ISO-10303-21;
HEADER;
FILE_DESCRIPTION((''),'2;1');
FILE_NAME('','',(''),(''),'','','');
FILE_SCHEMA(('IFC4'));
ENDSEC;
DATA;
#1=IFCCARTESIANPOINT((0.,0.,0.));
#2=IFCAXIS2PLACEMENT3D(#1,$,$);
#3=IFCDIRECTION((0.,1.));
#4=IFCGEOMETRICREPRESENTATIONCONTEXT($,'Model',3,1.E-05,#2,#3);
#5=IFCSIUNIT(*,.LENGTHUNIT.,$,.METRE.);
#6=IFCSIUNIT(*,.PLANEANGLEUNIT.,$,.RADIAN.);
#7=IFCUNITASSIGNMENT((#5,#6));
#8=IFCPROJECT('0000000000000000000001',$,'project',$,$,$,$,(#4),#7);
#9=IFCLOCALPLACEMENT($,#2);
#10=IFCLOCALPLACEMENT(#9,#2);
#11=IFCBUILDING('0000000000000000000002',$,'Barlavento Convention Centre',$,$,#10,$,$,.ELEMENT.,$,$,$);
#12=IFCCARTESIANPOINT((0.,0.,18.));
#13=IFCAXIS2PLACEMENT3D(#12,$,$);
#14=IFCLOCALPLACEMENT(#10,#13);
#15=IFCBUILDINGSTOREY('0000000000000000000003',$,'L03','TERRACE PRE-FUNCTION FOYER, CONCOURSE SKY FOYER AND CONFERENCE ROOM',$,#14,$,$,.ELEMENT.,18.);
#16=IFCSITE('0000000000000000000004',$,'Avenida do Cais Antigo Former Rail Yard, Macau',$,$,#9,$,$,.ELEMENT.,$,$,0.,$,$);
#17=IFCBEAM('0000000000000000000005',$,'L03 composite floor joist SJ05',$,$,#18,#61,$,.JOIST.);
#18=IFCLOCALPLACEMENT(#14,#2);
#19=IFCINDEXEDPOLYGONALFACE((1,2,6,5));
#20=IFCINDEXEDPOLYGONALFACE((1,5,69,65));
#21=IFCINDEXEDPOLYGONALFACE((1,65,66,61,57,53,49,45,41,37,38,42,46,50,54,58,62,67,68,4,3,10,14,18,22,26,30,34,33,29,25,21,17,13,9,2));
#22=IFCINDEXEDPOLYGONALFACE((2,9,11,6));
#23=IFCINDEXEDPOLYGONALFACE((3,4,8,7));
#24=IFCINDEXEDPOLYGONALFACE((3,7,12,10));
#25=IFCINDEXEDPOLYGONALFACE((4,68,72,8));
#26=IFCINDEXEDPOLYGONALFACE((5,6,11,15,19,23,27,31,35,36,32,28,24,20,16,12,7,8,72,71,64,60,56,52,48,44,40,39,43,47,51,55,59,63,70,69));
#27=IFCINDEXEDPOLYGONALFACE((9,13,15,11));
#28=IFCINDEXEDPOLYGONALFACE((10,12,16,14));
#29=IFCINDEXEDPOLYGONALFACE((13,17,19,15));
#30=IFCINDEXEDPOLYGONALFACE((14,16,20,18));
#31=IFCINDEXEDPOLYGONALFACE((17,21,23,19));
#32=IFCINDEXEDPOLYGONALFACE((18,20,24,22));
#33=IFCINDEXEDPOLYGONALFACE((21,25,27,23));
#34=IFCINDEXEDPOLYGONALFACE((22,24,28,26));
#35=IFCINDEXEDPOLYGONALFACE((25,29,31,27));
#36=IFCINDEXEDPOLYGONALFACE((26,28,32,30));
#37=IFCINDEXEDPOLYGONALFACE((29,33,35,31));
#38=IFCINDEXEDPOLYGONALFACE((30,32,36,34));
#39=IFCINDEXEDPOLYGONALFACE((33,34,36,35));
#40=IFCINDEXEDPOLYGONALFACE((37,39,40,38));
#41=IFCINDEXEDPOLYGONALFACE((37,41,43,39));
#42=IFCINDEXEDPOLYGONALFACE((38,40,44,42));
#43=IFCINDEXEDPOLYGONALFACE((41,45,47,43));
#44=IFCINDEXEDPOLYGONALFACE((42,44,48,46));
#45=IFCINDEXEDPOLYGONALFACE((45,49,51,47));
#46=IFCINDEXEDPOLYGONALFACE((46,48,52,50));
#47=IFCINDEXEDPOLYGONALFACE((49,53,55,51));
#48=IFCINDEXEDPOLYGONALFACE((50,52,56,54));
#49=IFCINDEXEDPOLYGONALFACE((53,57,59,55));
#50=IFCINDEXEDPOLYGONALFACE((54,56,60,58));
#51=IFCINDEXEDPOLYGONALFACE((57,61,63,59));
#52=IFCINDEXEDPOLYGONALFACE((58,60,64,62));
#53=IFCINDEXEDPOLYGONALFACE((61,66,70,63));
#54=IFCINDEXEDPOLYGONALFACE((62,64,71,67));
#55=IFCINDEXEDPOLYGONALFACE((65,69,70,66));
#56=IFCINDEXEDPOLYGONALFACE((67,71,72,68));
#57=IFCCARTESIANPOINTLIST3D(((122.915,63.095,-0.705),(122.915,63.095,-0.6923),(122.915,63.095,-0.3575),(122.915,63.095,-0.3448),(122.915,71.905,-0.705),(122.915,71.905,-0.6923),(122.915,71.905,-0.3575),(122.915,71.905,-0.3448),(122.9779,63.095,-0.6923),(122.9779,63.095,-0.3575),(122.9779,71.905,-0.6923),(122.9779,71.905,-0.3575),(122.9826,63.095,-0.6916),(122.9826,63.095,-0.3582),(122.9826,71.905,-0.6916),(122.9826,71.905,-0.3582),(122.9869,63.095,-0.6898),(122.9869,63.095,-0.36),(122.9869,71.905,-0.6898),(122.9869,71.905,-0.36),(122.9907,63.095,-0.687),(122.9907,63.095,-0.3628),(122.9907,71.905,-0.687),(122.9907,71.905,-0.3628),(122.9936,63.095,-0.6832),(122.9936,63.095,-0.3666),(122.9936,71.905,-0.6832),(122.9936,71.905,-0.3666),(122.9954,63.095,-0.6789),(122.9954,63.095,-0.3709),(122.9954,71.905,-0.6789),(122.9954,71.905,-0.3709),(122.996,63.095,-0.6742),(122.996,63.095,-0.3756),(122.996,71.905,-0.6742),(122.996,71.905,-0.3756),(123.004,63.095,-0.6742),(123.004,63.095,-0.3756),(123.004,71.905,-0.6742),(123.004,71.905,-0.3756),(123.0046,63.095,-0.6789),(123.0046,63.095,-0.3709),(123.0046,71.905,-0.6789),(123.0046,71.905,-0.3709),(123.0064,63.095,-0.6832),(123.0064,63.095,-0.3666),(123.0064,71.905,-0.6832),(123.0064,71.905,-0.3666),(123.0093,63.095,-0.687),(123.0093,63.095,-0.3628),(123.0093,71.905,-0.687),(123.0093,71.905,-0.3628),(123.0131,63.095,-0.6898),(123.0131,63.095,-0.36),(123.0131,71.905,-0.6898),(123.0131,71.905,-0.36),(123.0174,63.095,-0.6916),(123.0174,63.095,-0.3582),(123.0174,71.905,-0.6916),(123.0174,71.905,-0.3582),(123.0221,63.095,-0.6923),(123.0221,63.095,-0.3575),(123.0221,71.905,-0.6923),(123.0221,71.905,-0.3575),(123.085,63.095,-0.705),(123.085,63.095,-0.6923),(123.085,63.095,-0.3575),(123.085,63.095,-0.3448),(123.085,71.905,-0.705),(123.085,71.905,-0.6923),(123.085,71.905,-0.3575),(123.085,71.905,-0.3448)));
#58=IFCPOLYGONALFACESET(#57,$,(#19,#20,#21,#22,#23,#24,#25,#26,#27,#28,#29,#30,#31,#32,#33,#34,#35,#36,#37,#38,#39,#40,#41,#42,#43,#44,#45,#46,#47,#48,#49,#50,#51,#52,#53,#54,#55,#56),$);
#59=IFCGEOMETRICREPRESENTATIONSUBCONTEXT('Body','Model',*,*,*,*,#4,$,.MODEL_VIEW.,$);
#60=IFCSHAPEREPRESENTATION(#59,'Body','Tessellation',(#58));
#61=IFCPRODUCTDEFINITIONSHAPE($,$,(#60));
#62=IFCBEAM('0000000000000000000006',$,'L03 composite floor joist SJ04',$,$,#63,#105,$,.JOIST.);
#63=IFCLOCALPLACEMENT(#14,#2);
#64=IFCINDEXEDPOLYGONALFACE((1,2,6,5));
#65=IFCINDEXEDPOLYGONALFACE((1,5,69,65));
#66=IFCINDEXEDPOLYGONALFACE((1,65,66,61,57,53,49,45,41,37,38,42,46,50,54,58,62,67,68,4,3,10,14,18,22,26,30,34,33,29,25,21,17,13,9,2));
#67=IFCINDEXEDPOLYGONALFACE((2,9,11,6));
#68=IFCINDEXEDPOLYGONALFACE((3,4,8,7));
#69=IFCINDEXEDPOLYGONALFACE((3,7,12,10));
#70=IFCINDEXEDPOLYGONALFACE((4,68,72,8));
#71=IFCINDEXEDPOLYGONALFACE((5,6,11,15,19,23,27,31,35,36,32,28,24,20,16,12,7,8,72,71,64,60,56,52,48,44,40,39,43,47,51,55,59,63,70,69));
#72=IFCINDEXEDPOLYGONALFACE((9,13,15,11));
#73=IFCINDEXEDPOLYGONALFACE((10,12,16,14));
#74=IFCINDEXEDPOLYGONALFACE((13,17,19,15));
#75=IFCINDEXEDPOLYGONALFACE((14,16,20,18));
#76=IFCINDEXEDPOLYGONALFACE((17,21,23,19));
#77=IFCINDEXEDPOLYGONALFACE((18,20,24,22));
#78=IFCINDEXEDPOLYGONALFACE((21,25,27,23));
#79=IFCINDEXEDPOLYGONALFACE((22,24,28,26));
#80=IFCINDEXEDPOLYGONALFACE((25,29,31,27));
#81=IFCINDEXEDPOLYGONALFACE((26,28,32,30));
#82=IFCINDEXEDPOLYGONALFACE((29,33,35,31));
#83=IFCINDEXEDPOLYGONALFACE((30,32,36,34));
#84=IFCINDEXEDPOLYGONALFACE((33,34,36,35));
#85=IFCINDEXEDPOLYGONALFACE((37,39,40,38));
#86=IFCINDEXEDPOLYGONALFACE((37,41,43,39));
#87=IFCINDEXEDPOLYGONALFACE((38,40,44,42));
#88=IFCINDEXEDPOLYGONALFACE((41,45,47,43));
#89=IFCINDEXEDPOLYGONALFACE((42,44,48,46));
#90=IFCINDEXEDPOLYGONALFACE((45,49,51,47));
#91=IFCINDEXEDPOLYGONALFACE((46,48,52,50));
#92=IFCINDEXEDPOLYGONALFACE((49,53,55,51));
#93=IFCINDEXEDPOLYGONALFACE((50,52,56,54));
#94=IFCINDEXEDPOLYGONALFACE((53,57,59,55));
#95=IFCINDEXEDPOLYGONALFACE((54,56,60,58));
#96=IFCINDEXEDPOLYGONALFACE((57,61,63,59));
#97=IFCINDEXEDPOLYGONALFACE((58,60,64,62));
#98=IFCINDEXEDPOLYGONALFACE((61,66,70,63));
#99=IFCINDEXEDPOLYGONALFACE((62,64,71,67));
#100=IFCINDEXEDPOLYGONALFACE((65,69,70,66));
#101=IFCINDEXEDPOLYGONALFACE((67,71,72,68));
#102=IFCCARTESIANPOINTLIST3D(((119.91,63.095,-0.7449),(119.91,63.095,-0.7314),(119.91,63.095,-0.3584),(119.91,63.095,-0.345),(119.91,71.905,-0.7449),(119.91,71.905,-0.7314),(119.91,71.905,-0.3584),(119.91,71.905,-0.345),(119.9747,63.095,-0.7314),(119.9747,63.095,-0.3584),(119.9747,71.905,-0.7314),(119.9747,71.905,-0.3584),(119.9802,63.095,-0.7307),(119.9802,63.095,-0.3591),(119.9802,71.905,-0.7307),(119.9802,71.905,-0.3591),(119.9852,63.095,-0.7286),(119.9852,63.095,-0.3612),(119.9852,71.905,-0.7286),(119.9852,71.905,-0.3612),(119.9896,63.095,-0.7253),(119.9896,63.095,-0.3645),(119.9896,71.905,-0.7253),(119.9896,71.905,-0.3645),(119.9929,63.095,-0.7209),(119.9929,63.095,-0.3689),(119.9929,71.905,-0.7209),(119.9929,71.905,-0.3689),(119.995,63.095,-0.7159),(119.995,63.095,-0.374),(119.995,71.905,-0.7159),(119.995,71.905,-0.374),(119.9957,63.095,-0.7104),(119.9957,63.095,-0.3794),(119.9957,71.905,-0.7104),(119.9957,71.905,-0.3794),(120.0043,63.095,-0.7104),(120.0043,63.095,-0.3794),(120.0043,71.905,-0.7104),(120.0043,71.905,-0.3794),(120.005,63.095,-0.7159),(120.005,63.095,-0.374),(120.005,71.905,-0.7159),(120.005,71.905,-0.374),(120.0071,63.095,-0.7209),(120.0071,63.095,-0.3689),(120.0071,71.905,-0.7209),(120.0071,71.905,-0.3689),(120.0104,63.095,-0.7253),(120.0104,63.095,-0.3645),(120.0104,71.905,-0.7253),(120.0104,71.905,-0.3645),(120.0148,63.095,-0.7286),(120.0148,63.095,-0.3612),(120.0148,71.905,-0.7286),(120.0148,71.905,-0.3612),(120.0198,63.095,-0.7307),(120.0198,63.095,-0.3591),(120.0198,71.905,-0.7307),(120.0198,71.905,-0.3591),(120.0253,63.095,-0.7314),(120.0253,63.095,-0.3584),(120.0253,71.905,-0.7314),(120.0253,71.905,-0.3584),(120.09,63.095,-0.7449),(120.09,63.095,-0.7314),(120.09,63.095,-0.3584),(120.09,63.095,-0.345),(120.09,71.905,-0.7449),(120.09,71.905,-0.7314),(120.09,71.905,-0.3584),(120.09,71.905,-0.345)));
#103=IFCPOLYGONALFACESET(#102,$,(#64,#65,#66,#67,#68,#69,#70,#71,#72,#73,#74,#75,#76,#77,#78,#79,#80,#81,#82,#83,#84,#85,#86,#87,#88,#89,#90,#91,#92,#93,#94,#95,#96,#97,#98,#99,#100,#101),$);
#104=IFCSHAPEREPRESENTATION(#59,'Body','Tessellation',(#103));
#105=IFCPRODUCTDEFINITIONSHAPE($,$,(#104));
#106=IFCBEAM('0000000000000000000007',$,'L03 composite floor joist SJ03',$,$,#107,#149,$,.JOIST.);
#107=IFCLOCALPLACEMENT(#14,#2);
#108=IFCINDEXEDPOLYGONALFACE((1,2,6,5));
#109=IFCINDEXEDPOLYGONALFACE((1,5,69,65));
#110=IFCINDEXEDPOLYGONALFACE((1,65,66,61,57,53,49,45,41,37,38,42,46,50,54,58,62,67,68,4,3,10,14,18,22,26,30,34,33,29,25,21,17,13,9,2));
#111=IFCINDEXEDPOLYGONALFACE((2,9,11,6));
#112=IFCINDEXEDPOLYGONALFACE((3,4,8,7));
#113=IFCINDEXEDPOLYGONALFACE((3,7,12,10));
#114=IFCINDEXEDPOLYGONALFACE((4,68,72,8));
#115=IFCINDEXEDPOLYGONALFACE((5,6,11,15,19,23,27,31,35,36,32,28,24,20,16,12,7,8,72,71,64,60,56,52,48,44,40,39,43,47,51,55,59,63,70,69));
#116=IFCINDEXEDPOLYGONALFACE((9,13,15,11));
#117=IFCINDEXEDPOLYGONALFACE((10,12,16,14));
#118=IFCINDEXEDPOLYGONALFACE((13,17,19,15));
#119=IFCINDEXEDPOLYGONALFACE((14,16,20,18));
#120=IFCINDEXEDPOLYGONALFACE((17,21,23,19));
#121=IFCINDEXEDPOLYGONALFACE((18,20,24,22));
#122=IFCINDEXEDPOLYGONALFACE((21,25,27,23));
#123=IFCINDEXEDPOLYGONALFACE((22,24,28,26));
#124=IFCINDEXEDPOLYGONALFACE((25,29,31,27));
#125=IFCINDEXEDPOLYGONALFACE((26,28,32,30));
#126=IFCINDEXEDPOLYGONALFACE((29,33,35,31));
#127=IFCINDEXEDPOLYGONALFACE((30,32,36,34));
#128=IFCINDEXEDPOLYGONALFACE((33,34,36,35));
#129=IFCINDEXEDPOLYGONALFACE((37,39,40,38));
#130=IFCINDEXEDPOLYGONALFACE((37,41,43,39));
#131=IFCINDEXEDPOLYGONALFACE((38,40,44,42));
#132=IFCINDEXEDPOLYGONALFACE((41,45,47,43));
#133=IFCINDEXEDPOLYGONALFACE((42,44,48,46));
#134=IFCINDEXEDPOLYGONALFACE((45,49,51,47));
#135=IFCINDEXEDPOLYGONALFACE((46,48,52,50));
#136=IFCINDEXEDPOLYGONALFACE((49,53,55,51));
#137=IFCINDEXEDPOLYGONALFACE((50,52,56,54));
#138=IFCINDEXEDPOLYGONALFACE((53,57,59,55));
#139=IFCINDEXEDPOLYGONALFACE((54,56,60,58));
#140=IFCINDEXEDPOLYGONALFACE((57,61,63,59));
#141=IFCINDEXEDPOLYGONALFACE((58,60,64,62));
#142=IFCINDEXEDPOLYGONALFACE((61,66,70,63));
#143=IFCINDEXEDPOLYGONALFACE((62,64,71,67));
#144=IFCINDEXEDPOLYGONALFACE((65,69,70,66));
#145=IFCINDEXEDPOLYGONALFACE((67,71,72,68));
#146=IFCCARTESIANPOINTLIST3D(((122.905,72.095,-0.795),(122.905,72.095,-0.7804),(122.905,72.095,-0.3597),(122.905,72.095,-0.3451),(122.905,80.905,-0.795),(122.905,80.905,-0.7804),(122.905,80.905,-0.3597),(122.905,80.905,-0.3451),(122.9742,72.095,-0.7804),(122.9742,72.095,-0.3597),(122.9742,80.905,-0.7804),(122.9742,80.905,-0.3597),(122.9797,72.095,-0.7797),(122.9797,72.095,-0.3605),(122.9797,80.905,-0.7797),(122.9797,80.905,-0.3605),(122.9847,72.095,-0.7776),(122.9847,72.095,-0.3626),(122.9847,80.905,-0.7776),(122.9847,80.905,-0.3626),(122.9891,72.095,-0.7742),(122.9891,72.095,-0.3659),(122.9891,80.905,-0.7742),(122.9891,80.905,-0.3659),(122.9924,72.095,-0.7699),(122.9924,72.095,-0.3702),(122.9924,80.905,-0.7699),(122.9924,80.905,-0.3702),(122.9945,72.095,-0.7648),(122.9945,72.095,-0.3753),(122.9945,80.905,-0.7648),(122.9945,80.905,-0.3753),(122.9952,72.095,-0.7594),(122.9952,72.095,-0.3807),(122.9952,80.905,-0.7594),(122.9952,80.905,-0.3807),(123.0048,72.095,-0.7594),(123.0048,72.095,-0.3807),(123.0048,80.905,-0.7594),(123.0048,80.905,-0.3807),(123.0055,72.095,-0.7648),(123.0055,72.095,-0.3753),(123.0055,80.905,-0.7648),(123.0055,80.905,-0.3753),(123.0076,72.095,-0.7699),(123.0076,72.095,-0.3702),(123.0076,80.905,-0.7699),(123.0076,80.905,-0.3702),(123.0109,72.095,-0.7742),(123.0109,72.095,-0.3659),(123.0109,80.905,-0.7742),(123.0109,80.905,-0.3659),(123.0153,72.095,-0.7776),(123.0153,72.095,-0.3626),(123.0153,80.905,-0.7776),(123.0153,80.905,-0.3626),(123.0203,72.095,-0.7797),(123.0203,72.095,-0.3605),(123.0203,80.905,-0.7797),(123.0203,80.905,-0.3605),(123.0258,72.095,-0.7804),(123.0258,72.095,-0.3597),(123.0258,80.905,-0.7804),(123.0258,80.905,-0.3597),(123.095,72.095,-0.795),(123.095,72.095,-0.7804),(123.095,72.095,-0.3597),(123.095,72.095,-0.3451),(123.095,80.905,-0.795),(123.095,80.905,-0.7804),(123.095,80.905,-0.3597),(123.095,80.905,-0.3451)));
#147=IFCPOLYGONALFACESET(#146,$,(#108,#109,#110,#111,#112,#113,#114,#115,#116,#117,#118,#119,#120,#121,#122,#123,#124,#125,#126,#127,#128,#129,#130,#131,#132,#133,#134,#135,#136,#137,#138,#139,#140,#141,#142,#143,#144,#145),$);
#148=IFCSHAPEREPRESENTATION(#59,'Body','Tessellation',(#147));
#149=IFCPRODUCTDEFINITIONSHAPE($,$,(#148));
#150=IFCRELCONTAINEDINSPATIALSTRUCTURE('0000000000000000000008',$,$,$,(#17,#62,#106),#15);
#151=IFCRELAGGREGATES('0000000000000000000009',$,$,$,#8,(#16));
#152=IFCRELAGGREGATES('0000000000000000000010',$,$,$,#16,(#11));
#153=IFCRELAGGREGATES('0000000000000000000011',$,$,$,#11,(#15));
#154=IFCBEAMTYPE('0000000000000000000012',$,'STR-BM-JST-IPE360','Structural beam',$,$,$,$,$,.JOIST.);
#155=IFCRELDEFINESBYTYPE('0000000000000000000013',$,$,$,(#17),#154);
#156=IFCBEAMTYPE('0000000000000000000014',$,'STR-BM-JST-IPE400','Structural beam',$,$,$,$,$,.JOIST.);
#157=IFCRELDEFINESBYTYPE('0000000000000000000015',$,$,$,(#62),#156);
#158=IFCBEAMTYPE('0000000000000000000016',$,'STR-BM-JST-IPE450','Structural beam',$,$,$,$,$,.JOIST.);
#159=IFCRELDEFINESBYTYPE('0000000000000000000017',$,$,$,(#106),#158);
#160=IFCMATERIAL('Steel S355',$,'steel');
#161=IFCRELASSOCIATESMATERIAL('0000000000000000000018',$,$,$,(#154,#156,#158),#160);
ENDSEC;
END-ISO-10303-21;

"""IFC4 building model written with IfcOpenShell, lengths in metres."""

from ifc_helpers import new_model, si_unit, direction, frame, origin, origin_2d, place, context, subcontext, project, spatial, i_section, extrude, material, material_profile, profile_set, type_object, element, save


model = new_model("IFC4")

# Units and contexts
model_context = context("Model", 3, precision=1e-05, world=origin(), true_north=direction((0.0, 1.0)))
body_context = subcontext(model_context, "Body", "Model", "MODEL_VIEW")
ifc_project = project(units=[si_unit("LENGTHUNIT", "METRE"), si_unit("PLANEANGLEUNIT", "RADIAN")], contexts=[model_context])

# Site, building, storey
site_placement = place(None, origin())
site = spatial("IfcSite", under=ifc_project, at=site_placement, Name="Avenida do Cais Antigo Former Rail Yard, Macau", CompositionType="ELEMENT", RefElevation=0.0)
building_placement = place(site_placement, origin())
building = spatial("IfcBuilding", under=site, at=building_placement, Name="Barlavento Convention Centre", CompositionType="ELEMENT")
storey_placement = place(building_placement, frame((0.0, 0.0, 18.0)))
storey = spatial("IfcBuildingStorey", under=building, at=storey_placement, Name="L03", Description="TERRACE PRE-FUNCTION FOYER, CONCOURSE SKY FOYER AND CONFERENCE ROOM", CompositionType="ELEMENT", Elevation=18.0)

# Beams
ifc_material_1 = material(Name="Steel S355", Category="steel")
ifc_material_profile_1 = material_profile(ifc_material_1, i_section(OverallWidth=0.1699, OverallDepth=0.3601, WebThickness=0.0081, FlangeThickness=0.0127, FilletRadius=0.0181, at=origin_2d()), Name="IPE 360")
ifc_profile_set_1 = profile_set([ifc_material_profile_1], Name="Steel S355")
beam_type_1 = type_object("IfcBeamType", Name="STR-BM-JST-IPE360", Description="Structural beam", PredefinedType="JOIST", material=ifc_profile_set_1)
for number, where, z_axis, x_axis, name in (
    (1, (123.0, 63.095, -0.5249), (0.0, 1.0, 0.0), (-1.0, 0.0, 0.0), "L03 composite floor joist SJ05"),
):
    element("IfcBeam", number, at=place(storey_placement, frame(where, z_axis=z_axis, x_axis=x_axis)), inside=storey, type_object=beam_type_1, Name=name, PredefinedType="JOIST", context=body_context, shape_type="SweptSolid", body=[
        extrude(i_section(OverallWidth=0.1699, OverallDepth=0.3601, WebThickness=0.0081, FlangeThickness=0.0127, FilletRadius=0.0181, at=origin_2d()), origin(), (0.0, 0.0, 1.0), 8.8101),
    ])
ifc_material_profile_2 = material_profile(ifc_material_1, i_section(OverallWidth=0.1799, OverallDepth=0.3999, WebThickness=0.0085, FlangeThickness=0.0134, FilletRadius=0.021, at=origin_2d()), Name="IPE 400")
ifc_profile_set_2 = profile_set([ifc_material_profile_2], Name="Steel S355")
beam_type_2 = type_object("IfcBeamType", Name="STR-BM-JST-IPE400", Description="Structural beam", PredefinedType="JOIST", material=ifc_profile_set_2)
beam_1_placement = place(storey_placement, frame((120.0, 63.095, -0.5449), z_axis=(0.0, 1.0, 0.0), x_axis=(-1.0, 0.0, 0.0)))
element("IfcBeam", 2, at=beam_1_placement, inside=storey, type_object=beam_type_2, Name="L03 composite floor joist SJ04", PredefinedType="JOIST", context=body_context, shape_type="SweptSolid", body=[
    extrude(i_section(OverallWidth=0.1799, OverallDepth=0.3999, WebThickness=0.0085, FlangeThickness=0.0134, FilletRadius=0.021, at=origin_2d()), origin(), (0.0, 0.0, 1.0), 8.8101),
])
ifc_material_profile_3 = material_profile(ifc_material_1, i_section(OverallWidth=0.1899, OverallDepth=0.45, WebThickness=0.0095, FlangeThickness=0.0146, FilletRadius=0.021, at=origin_2d()), Name="IPE 450")
ifc_profile_set_3 = profile_set([ifc_material_profile_3], Name="Steel S355")
beam_type_3 = type_object("IfcBeamType", Name="STR-BM-JST-IPE450", Description="Structural beam", PredefinedType="JOIST", material=ifc_profile_set_3)
beam_2_placement = place(storey_placement, frame((123.0, 72.095, -0.5701), z_axis=(0.0, 1.0, 0.0), x_axis=(-1.0, 0.0, 0.0)))
element("IfcBeam", 3, at=beam_2_placement, inside=storey, type_object=beam_type_3, Name="L03 composite floor joist SJ03", PredefinedType="JOIST", context=body_context, shape_type="SweptSolid", body=[
    extrude(i_section(OverallWidth=0.1899, OverallDepth=0.45, WebThickness=0.0095, FlangeThickness=0.0146, FilletRadius=0.021, at=origin_2d()), origin(), (0.0, 0.0, 1.0), 8.8101),
])

save(model, "model.ifc")
